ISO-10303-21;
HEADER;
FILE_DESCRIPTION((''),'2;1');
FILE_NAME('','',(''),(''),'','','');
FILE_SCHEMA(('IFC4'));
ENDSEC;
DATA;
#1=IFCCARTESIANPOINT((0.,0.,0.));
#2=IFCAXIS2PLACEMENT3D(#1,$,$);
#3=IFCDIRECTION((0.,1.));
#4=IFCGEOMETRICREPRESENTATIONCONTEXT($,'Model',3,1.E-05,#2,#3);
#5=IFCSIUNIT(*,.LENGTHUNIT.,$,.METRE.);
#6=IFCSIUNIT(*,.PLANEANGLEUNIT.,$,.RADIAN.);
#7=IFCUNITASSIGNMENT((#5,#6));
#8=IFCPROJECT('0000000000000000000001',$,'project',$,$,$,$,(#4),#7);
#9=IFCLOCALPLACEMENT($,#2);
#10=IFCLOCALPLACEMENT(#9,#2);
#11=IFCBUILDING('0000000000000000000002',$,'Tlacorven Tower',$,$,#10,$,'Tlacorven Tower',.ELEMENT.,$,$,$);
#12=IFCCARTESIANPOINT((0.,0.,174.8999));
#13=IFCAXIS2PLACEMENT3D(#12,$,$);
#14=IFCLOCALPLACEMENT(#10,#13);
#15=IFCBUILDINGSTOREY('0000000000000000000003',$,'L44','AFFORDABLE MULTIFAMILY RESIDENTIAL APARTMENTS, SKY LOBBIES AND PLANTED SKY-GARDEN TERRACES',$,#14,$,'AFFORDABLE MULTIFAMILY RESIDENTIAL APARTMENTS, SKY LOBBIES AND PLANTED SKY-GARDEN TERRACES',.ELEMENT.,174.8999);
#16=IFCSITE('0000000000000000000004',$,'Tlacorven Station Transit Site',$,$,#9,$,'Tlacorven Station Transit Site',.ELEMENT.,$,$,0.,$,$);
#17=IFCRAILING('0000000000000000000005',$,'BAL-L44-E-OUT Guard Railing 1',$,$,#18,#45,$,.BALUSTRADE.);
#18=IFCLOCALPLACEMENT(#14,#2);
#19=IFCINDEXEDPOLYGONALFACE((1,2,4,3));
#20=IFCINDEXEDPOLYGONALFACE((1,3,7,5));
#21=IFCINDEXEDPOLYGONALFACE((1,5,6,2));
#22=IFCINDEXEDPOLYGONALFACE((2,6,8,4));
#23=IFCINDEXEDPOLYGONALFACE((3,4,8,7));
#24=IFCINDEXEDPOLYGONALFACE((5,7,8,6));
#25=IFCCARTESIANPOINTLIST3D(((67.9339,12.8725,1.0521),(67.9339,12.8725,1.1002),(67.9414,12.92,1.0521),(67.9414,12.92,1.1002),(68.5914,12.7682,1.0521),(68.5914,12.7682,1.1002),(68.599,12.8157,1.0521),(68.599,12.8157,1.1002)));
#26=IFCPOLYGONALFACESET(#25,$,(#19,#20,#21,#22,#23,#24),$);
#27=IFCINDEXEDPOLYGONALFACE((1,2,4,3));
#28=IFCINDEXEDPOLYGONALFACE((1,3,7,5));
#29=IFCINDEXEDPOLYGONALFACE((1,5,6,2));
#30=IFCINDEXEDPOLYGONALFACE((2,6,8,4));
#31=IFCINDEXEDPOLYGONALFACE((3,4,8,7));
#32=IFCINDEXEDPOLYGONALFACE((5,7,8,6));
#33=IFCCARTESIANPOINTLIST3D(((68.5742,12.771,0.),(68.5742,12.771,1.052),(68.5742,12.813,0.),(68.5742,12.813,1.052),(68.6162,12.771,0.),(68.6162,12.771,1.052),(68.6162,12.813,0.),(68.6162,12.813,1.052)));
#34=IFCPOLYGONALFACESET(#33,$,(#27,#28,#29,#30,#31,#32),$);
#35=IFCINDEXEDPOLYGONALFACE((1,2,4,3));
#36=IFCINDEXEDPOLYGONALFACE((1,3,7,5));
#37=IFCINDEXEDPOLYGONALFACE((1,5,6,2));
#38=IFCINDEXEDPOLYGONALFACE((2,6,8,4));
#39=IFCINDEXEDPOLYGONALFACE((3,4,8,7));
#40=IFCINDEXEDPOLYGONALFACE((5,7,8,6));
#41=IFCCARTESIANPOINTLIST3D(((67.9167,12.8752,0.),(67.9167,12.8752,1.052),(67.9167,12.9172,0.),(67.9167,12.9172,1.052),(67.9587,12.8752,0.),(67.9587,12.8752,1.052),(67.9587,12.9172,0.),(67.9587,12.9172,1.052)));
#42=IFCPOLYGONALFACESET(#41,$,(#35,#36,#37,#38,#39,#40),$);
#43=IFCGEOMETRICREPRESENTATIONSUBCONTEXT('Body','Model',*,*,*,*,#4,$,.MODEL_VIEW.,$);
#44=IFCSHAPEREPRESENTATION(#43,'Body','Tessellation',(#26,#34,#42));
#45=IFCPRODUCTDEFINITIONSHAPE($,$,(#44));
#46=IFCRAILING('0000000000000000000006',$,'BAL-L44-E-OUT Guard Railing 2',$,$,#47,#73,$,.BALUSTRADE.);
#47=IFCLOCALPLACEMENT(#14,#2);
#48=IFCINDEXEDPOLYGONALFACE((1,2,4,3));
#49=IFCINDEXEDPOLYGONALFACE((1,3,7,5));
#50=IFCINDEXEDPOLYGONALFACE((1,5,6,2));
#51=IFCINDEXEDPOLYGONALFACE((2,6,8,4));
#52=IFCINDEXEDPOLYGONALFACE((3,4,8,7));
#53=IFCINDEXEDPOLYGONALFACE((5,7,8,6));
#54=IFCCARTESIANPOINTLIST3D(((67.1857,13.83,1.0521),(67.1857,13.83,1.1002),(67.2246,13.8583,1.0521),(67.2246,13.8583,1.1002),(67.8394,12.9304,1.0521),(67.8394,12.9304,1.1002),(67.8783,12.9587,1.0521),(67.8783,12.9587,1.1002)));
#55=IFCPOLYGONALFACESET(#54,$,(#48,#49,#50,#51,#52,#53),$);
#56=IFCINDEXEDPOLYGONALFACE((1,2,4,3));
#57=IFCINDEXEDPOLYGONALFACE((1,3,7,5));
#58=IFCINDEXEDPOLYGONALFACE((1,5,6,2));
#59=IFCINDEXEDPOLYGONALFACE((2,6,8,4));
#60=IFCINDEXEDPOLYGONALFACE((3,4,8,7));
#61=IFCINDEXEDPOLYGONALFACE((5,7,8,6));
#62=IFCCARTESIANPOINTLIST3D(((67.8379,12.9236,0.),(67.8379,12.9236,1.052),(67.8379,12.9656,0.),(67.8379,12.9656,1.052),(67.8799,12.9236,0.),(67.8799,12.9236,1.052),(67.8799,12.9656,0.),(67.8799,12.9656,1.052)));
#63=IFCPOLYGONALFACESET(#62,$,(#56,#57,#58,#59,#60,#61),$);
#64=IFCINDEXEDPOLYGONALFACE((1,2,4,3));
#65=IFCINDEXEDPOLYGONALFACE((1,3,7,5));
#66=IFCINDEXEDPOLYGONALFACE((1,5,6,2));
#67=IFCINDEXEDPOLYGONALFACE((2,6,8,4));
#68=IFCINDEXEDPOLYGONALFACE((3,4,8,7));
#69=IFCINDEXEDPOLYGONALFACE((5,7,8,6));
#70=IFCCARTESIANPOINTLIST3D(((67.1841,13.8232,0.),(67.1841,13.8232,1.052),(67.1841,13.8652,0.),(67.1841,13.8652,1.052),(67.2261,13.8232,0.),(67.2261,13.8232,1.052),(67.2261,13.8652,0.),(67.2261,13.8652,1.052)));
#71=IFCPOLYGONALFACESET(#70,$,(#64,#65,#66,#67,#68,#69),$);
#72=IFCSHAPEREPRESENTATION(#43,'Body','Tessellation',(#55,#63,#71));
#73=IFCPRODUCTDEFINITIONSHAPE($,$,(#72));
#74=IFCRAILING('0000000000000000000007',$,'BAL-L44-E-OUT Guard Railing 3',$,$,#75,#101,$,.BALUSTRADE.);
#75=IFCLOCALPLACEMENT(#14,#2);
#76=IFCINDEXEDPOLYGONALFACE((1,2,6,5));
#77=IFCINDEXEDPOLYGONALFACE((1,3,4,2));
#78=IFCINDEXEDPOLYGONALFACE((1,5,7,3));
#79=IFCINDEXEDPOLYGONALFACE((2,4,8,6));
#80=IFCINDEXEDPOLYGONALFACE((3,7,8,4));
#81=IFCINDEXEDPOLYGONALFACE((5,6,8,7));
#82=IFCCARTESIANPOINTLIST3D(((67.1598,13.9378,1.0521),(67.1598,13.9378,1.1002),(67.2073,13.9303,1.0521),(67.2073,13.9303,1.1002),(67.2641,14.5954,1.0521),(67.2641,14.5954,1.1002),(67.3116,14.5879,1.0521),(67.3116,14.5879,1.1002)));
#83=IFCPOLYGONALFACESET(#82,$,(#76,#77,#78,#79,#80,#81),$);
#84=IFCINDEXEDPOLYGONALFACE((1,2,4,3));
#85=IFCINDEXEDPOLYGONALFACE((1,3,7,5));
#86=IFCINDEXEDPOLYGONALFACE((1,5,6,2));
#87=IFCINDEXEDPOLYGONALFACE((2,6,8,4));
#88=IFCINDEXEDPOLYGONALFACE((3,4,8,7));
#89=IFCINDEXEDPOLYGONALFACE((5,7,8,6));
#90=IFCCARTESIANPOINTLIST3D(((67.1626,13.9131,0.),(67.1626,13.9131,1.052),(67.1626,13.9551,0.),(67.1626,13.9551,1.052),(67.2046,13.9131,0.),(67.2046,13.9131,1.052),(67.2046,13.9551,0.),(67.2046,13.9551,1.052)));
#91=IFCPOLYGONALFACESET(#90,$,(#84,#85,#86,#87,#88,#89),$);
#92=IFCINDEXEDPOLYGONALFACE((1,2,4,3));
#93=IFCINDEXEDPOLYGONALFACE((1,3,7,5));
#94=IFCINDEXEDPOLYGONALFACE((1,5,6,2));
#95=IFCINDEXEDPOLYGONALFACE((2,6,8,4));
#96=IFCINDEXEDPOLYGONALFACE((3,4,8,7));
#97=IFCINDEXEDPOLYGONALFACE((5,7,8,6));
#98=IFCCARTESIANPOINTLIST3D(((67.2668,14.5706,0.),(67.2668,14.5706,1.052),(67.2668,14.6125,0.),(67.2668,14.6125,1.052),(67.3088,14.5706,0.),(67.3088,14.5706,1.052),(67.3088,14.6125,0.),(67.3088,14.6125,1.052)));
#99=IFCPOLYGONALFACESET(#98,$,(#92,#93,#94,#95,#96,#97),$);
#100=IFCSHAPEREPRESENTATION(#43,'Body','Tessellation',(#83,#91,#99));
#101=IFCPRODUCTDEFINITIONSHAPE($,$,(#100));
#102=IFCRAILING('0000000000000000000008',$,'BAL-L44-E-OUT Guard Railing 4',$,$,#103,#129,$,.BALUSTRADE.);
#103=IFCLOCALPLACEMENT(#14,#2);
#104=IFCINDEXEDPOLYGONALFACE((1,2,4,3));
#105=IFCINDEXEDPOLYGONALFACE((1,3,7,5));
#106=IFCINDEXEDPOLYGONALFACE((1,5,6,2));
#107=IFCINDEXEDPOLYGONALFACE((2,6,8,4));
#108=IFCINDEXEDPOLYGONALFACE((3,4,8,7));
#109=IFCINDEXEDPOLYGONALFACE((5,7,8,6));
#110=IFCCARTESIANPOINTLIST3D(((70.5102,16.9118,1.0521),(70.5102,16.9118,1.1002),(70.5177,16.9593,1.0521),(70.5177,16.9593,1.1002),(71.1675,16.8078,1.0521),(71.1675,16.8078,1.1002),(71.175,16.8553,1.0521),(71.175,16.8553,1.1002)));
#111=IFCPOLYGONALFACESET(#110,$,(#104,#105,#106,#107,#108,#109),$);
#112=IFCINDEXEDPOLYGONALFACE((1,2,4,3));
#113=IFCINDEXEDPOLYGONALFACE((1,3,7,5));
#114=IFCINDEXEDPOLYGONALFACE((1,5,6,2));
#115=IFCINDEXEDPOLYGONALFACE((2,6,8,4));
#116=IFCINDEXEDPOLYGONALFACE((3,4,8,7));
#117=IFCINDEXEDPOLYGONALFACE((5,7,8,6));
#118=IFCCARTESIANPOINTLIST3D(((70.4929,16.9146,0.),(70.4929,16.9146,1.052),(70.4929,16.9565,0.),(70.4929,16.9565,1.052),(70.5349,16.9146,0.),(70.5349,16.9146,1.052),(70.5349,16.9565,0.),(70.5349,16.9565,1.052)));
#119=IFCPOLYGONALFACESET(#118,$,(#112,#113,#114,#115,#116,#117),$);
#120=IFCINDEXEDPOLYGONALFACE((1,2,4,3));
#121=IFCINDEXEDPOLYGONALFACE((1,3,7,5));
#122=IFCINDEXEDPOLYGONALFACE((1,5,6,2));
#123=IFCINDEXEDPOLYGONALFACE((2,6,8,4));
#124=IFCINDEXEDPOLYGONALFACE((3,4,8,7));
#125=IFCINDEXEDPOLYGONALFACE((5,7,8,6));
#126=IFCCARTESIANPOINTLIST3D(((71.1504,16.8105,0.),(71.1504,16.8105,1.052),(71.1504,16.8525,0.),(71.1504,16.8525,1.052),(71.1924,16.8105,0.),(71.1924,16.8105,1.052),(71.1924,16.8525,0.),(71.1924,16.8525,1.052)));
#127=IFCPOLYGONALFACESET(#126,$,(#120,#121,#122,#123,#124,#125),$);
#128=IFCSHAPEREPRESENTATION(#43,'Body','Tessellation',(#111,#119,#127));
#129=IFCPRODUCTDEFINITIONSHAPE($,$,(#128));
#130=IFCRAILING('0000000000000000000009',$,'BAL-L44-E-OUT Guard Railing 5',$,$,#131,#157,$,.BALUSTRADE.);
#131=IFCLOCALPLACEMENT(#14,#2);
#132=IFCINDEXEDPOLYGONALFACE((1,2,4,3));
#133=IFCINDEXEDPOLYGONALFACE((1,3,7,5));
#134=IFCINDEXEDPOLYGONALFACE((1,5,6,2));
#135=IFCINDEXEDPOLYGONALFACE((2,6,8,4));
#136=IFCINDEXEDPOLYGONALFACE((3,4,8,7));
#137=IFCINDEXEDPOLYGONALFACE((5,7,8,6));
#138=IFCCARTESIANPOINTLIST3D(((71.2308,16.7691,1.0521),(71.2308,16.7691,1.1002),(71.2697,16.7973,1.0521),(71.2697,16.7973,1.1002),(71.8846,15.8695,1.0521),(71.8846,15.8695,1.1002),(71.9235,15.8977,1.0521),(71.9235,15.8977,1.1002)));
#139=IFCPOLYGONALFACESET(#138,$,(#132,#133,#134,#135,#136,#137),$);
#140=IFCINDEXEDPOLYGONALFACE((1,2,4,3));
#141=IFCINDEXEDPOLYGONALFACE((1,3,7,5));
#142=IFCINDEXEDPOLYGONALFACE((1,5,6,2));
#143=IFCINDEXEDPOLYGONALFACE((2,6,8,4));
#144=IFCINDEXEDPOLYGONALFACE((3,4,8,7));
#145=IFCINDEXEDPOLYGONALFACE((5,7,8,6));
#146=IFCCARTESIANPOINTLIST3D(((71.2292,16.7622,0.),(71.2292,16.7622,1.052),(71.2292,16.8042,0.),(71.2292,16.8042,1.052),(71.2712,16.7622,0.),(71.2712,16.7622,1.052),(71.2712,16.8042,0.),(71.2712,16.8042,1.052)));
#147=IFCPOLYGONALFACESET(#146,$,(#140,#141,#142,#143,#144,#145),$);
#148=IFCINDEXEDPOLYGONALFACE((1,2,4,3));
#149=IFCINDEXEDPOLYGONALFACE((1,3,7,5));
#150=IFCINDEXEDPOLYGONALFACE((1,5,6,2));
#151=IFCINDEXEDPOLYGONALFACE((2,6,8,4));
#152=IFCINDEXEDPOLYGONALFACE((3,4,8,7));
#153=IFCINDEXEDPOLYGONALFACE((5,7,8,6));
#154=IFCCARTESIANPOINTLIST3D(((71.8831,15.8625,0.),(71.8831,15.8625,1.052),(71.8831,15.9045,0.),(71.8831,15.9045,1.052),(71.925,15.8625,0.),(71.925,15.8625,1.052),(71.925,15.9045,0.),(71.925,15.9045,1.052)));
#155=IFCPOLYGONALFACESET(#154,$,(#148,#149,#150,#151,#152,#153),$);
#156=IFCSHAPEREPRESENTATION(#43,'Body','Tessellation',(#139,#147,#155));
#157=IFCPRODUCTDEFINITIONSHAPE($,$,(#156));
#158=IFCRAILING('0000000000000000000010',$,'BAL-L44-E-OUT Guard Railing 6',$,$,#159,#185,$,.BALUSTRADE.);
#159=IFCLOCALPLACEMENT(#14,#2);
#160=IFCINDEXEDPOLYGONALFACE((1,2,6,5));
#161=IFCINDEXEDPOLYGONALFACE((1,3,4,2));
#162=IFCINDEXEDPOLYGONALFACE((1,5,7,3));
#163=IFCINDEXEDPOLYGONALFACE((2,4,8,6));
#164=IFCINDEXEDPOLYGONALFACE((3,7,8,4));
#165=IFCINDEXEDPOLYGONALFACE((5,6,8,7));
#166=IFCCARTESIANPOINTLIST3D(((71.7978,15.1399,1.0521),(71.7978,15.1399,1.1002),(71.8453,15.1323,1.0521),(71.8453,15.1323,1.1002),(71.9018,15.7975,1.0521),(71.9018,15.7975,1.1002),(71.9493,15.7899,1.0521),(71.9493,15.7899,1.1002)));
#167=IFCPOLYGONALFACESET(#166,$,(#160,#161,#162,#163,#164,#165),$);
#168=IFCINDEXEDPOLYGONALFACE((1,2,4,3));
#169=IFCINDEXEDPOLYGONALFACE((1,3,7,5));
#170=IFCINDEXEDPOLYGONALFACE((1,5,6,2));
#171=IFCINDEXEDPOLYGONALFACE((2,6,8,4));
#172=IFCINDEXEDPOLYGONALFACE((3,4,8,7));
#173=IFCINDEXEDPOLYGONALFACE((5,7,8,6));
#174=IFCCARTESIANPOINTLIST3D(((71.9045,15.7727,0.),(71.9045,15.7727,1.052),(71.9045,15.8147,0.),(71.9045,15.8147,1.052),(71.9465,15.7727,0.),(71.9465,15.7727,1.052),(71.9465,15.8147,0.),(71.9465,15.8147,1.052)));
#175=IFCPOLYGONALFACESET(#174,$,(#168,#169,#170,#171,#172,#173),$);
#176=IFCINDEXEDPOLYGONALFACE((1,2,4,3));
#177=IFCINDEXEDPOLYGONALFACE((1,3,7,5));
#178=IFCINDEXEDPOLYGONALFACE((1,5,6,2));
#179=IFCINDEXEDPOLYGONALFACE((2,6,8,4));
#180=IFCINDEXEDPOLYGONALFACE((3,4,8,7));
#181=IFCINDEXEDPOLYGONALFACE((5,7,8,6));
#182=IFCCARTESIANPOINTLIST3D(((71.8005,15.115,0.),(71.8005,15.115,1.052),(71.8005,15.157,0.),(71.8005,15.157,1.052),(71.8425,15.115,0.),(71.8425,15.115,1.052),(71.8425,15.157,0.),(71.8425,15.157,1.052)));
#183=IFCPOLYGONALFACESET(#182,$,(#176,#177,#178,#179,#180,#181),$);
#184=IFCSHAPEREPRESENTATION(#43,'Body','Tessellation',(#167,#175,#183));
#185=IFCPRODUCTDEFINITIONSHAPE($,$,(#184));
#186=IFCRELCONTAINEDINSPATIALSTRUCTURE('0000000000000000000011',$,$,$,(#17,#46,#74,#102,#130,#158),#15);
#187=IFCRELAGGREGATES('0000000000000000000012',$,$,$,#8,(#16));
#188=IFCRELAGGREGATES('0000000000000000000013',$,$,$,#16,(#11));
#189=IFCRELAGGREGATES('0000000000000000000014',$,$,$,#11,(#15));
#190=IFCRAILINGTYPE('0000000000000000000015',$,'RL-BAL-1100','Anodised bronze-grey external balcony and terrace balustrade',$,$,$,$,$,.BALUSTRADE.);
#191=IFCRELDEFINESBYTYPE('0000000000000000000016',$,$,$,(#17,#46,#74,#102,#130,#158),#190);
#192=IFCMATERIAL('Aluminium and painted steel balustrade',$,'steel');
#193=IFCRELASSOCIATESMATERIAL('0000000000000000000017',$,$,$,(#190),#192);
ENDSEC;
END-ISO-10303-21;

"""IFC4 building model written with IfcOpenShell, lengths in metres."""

from ifc_helpers import new_model, si_unit, direction, frame, origin, origin_2d, place, context, subcontext, project, spatial, rectangle, extrude, source, transform, mapped, material, type_object, element, save


model = new_model("IFC4")

# Units and contexts
model_context = context("Model", 3, precision=1e-05, world=origin(), true_north=direction((0.0, 1.0)))
body_context = subcontext(model_context, "Body", "Model", "MODEL_VIEW")
ifc_project = project(units=[si_unit("LENGTHUNIT", "METRE"), si_unit("PLANEANGLEUNIT", "RADIAN")], contexts=[model_context])

# Site, building, storey
site_placement = place(None, origin())
site = spatial("IfcSite", under=ifc_project, at=site_placement, Name="Tlacorven Station Transit Site", LongName="Tlacorven Station Transit Site", CompositionType="ELEMENT", RefElevation=0.0)
building_placement = place(site_placement, origin())
building = spatial("IfcBuilding", under=site, at=building_placement, Name="Tlacorven Tower", LongName="Tlacorven Tower", CompositionType="ELEMENT")
storey_placement = place(building_placement, frame((0.0, 0.0, 174.8999)))
storey = spatial("IfcBuildingStorey", under=building, at=storey_placement, Name="L44", Description="AFFORDABLE MULTIFAMILY RESIDENTIAL APARTMENTS, SKY LOBBIES AND PLANTED SKY-GARDEN TERRACES", LongName="AFFORDABLE MULTIFAMILY RESIDENTIAL APARTMENTS, SKY LOBBIES AND PLANTED SKY-GARDEN TERRACES", CompositionType="ELEMENT", Elevation=174.8999)

# Railings
ifc_material_1 = material(Name="Aluminium and painted steel balustrade", Category="steel")
railing_type = type_object("IfcRailingType", Name="RL-BAL-1100", Description="Anodised bronze-grey external balcony and terrace balustrade", PredefinedType="BALUSTRADE", material=ifc_material_1)
shared_shape_1 = source(origin(), body_context, "Body", "SweptSolid", [
    extrude(rectangle(XDim=0.0481, YDim=0.0481, at=origin_2d()), frame((0.0, 0.0, 1.0762), z_axis=(-0.987662, 0.156603, 0.0), x_axis=(-0.156603, -0.987662, 0.0)), (0.0, 0.0, 1.0), 0.6658),
    extrude(rectangle(XDim=0.042, YDim=0.042, at=origin_2d()), origin(), (0.0, 0.0, 1.0), 1.052),
    extrude(rectangle(XDim=0.042, YDim=0.042, at=origin_2d()), frame((-0.6575, 0.1042, 0.0)), (0.0, 0.0, 1.0), 1.052),
])
railing_1_placement = place(storey_placement, frame((68.5952, 12.792, 0.0)))
element("IfcRailing", 1, at=railing_1_placement, inside=storey, type_object=railing_type, Name="BAL-L44-E-OUT Guard Railing 1", PredefinedType="BALUSTRADE", context=body_context, shape_type="MappedRepresentation", body=[
    mapped(shared_shape_1, transform((0.0, 0.0, 0.0), scale=1.0)),
])
shared_shape_2 = source(origin(), body_context, "Body", "SweptSolid", [
    extrude(rectangle(XDim=0.0481, YDim=0.0481, at=origin_2d()), frame((0.0, 0.0, 1.0762), z_axis=(-0.587884, 0.808945, 0.0), x_axis=(-0.808945, -0.587884, 0.0)), (0.0, 0.0, 1.0), 1.1121),
    extrude(rectangle(XDim=0.042, YDim=0.042, at=origin_2d()), origin(), (0.0, 0.0, 1.0), 1.052),
    extrude(rectangle(XDim=0.042, YDim=0.042, at=origin_2d()), frame((-0.6538, 0.8997, 0.0)), (0.0, 0.0, 1.0), 1.052),
])
railing_2_placement = place(storey_placement, frame((67.8589, 12.9446, 0.0)))
element("IfcRailing", 2, at=railing_2_placement, inside=storey, type_object=railing_type, Name="BAL-L44-E-OUT Guard Railing 2", PredefinedType="BALUSTRADE", context=body_context, shape_type="MappedRepresentation", body=[
    mapped(shared_shape_2, transform((0.0, 0.0, 0.0), scale=1.0)),
])
shared_shape_3 = source(origin(), body_context, "Body", "SweptSolid", [
    extrude(rectangle(XDim=0.0481, YDim=0.0481, at=origin_2d()), frame((0.0, 0.0, 1.0762), z_axis=(0.156603, 0.987662, 0.0), x_axis=(-0.987662, 0.156603, 0.0)), (0.0, 0.0, 1.0), 0.6658),
    extrude(rectangle(XDim=0.042, YDim=0.042, at=origin_2d()), origin(), (0.0, 0.0, 1.0), 1.052),
    extrude(rectangle(XDim=0.042, YDim=0.042, at=origin_2d()), frame((0.1042, 0.6575, 0.0)), (0.0, 0.0, 1.0), 1.052),
])
railing_3_placement = place(storey_placement, frame((67.1836, 13.9341, 0.0)))
element("IfcRailing", 3, at=railing_3_placement, inside=storey, type_object=railing_type, Name="BAL-L44-E-OUT Guard Railing 3", PredefinedType="BALUSTRADE", context=body_context, shape_type="MappedRepresentation", body=[
    mapped(shared_shape_3, transform((0.0, 0.0, 0.0), scale=1.0)),
])
shared_shape_4 = source(origin(), body_context, "Body", "SweptSolid", [
    extrude(rectangle(XDim=0.0481, YDim=0.0481, at=origin_2d()), frame((0.0, 0.0, 1.0762), z_axis=(0.987718, -0.156245, 0.0), x_axis=(0.156245, 0.987718, 0.0)), (0.0, 0.0, 1.0), 0.6655),
    extrude(rectangle(XDim=0.042, YDim=0.042, at=origin_2d()), origin(), (0.0, 0.0, 1.0), 1.052),
    extrude(rectangle(XDim=0.042, YDim=0.042, at=origin_2d()), frame((0.6575, -0.104, 0.0)), (0.0, 0.0, 1.0), 1.052),
])
railing_4_placement = place(storey_placement, frame((70.5139, 16.9355, 0.0)))
element("IfcRailing", 4, at=railing_4_placement, inside=storey, type_object=railing_type, Name="BAL-L44-E-OUT Guard Railing 4", PredefinedType="BALUSTRADE", context=body_context, shape_type="MappedRepresentation", body=[
    mapped(shared_shape_4, transform((0.0, 0.0, 0.0), scale=1.0)),
])
shared_shape_5 = source(origin(), body_context, "Body", "SweptSolid", [
    extrude(rectangle(XDim=0.0481, YDim=0.0481, at=origin_2d()), frame((0.0, 0.0, 1.0762), z_axis=(0.587884, -0.808945, 0.0), x_axis=(0.808945, 0.587884, 0.0)), (0.0, 0.0, 1.0), 1.1121),
    extrude(rectangle(XDim=0.042, YDim=0.042, at=origin_2d()), origin(), (0.0, 0.0, 1.0), 1.052),
    extrude(rectangle(XDim=0.042, YDim=0.042, at=origin_2d()), frame((0.6538, -0.8997, 0.0)), (0.0, 0.0, 1.0), 1.052),
])
railing_5_placement = place(storey_placement, frame((71.2502, 16.7832, 0.0)))
element("IfcRailing", 5, at=railing_5_placement, inside=storey, type_object=railing_type, Name="BAL-L44-E-OUT Guard Railing 5", PredefinedType="BALUSTRADE", context=body_context, shape_type="MappedRepresentation", body=[
    mapped(shared_shape_5, transform((0.0, 0.0, 0.0), scale=1.0)),
])
shared_shape_6 = source(origin(), body_context, "Body", "SweptSolid", [
    extrude(rectangle(XDim=0.0481, YDim=0.0481, at=origin_2d()), frame((0.0, 0.0, 1.0762), z_axis=(-0.156188, -0.987727, 0.0), x_axis=(0.987727, -0.156188, 0.0)), (0.0, 0.0, 1.0), 0.6658),
    extrude(rectangle(XDim=0.042, YDim=0.042, at=origin_2d()), origin(), (0.0, 0.0, 1.0), 1.052),
    extrude(rectangle(XDim=0.042, YDim=0.042, at=origin_2d()), frame((-0.104, -0.6577, 0.0)), (0.0, 0.0, 1.0), 1.052),
])
railing_6_placement = place(storey_placement, frame((71.9255, 15.7937, 0.0)))
element("IfcRailing", 6, at=railing_6_placement, inside=storey, type_object=railing_type, Name="BAL-L44-E-OUT Guard Railing 6", PredefinedType="BALUSTRADE", context=body_context, shape_type="MappedRepresentation", body=[
    mapped(shared_shape_6, transform((0.0, 0.0, 0.0), scale=1.0)),
])

save(model, "model.ifc")
